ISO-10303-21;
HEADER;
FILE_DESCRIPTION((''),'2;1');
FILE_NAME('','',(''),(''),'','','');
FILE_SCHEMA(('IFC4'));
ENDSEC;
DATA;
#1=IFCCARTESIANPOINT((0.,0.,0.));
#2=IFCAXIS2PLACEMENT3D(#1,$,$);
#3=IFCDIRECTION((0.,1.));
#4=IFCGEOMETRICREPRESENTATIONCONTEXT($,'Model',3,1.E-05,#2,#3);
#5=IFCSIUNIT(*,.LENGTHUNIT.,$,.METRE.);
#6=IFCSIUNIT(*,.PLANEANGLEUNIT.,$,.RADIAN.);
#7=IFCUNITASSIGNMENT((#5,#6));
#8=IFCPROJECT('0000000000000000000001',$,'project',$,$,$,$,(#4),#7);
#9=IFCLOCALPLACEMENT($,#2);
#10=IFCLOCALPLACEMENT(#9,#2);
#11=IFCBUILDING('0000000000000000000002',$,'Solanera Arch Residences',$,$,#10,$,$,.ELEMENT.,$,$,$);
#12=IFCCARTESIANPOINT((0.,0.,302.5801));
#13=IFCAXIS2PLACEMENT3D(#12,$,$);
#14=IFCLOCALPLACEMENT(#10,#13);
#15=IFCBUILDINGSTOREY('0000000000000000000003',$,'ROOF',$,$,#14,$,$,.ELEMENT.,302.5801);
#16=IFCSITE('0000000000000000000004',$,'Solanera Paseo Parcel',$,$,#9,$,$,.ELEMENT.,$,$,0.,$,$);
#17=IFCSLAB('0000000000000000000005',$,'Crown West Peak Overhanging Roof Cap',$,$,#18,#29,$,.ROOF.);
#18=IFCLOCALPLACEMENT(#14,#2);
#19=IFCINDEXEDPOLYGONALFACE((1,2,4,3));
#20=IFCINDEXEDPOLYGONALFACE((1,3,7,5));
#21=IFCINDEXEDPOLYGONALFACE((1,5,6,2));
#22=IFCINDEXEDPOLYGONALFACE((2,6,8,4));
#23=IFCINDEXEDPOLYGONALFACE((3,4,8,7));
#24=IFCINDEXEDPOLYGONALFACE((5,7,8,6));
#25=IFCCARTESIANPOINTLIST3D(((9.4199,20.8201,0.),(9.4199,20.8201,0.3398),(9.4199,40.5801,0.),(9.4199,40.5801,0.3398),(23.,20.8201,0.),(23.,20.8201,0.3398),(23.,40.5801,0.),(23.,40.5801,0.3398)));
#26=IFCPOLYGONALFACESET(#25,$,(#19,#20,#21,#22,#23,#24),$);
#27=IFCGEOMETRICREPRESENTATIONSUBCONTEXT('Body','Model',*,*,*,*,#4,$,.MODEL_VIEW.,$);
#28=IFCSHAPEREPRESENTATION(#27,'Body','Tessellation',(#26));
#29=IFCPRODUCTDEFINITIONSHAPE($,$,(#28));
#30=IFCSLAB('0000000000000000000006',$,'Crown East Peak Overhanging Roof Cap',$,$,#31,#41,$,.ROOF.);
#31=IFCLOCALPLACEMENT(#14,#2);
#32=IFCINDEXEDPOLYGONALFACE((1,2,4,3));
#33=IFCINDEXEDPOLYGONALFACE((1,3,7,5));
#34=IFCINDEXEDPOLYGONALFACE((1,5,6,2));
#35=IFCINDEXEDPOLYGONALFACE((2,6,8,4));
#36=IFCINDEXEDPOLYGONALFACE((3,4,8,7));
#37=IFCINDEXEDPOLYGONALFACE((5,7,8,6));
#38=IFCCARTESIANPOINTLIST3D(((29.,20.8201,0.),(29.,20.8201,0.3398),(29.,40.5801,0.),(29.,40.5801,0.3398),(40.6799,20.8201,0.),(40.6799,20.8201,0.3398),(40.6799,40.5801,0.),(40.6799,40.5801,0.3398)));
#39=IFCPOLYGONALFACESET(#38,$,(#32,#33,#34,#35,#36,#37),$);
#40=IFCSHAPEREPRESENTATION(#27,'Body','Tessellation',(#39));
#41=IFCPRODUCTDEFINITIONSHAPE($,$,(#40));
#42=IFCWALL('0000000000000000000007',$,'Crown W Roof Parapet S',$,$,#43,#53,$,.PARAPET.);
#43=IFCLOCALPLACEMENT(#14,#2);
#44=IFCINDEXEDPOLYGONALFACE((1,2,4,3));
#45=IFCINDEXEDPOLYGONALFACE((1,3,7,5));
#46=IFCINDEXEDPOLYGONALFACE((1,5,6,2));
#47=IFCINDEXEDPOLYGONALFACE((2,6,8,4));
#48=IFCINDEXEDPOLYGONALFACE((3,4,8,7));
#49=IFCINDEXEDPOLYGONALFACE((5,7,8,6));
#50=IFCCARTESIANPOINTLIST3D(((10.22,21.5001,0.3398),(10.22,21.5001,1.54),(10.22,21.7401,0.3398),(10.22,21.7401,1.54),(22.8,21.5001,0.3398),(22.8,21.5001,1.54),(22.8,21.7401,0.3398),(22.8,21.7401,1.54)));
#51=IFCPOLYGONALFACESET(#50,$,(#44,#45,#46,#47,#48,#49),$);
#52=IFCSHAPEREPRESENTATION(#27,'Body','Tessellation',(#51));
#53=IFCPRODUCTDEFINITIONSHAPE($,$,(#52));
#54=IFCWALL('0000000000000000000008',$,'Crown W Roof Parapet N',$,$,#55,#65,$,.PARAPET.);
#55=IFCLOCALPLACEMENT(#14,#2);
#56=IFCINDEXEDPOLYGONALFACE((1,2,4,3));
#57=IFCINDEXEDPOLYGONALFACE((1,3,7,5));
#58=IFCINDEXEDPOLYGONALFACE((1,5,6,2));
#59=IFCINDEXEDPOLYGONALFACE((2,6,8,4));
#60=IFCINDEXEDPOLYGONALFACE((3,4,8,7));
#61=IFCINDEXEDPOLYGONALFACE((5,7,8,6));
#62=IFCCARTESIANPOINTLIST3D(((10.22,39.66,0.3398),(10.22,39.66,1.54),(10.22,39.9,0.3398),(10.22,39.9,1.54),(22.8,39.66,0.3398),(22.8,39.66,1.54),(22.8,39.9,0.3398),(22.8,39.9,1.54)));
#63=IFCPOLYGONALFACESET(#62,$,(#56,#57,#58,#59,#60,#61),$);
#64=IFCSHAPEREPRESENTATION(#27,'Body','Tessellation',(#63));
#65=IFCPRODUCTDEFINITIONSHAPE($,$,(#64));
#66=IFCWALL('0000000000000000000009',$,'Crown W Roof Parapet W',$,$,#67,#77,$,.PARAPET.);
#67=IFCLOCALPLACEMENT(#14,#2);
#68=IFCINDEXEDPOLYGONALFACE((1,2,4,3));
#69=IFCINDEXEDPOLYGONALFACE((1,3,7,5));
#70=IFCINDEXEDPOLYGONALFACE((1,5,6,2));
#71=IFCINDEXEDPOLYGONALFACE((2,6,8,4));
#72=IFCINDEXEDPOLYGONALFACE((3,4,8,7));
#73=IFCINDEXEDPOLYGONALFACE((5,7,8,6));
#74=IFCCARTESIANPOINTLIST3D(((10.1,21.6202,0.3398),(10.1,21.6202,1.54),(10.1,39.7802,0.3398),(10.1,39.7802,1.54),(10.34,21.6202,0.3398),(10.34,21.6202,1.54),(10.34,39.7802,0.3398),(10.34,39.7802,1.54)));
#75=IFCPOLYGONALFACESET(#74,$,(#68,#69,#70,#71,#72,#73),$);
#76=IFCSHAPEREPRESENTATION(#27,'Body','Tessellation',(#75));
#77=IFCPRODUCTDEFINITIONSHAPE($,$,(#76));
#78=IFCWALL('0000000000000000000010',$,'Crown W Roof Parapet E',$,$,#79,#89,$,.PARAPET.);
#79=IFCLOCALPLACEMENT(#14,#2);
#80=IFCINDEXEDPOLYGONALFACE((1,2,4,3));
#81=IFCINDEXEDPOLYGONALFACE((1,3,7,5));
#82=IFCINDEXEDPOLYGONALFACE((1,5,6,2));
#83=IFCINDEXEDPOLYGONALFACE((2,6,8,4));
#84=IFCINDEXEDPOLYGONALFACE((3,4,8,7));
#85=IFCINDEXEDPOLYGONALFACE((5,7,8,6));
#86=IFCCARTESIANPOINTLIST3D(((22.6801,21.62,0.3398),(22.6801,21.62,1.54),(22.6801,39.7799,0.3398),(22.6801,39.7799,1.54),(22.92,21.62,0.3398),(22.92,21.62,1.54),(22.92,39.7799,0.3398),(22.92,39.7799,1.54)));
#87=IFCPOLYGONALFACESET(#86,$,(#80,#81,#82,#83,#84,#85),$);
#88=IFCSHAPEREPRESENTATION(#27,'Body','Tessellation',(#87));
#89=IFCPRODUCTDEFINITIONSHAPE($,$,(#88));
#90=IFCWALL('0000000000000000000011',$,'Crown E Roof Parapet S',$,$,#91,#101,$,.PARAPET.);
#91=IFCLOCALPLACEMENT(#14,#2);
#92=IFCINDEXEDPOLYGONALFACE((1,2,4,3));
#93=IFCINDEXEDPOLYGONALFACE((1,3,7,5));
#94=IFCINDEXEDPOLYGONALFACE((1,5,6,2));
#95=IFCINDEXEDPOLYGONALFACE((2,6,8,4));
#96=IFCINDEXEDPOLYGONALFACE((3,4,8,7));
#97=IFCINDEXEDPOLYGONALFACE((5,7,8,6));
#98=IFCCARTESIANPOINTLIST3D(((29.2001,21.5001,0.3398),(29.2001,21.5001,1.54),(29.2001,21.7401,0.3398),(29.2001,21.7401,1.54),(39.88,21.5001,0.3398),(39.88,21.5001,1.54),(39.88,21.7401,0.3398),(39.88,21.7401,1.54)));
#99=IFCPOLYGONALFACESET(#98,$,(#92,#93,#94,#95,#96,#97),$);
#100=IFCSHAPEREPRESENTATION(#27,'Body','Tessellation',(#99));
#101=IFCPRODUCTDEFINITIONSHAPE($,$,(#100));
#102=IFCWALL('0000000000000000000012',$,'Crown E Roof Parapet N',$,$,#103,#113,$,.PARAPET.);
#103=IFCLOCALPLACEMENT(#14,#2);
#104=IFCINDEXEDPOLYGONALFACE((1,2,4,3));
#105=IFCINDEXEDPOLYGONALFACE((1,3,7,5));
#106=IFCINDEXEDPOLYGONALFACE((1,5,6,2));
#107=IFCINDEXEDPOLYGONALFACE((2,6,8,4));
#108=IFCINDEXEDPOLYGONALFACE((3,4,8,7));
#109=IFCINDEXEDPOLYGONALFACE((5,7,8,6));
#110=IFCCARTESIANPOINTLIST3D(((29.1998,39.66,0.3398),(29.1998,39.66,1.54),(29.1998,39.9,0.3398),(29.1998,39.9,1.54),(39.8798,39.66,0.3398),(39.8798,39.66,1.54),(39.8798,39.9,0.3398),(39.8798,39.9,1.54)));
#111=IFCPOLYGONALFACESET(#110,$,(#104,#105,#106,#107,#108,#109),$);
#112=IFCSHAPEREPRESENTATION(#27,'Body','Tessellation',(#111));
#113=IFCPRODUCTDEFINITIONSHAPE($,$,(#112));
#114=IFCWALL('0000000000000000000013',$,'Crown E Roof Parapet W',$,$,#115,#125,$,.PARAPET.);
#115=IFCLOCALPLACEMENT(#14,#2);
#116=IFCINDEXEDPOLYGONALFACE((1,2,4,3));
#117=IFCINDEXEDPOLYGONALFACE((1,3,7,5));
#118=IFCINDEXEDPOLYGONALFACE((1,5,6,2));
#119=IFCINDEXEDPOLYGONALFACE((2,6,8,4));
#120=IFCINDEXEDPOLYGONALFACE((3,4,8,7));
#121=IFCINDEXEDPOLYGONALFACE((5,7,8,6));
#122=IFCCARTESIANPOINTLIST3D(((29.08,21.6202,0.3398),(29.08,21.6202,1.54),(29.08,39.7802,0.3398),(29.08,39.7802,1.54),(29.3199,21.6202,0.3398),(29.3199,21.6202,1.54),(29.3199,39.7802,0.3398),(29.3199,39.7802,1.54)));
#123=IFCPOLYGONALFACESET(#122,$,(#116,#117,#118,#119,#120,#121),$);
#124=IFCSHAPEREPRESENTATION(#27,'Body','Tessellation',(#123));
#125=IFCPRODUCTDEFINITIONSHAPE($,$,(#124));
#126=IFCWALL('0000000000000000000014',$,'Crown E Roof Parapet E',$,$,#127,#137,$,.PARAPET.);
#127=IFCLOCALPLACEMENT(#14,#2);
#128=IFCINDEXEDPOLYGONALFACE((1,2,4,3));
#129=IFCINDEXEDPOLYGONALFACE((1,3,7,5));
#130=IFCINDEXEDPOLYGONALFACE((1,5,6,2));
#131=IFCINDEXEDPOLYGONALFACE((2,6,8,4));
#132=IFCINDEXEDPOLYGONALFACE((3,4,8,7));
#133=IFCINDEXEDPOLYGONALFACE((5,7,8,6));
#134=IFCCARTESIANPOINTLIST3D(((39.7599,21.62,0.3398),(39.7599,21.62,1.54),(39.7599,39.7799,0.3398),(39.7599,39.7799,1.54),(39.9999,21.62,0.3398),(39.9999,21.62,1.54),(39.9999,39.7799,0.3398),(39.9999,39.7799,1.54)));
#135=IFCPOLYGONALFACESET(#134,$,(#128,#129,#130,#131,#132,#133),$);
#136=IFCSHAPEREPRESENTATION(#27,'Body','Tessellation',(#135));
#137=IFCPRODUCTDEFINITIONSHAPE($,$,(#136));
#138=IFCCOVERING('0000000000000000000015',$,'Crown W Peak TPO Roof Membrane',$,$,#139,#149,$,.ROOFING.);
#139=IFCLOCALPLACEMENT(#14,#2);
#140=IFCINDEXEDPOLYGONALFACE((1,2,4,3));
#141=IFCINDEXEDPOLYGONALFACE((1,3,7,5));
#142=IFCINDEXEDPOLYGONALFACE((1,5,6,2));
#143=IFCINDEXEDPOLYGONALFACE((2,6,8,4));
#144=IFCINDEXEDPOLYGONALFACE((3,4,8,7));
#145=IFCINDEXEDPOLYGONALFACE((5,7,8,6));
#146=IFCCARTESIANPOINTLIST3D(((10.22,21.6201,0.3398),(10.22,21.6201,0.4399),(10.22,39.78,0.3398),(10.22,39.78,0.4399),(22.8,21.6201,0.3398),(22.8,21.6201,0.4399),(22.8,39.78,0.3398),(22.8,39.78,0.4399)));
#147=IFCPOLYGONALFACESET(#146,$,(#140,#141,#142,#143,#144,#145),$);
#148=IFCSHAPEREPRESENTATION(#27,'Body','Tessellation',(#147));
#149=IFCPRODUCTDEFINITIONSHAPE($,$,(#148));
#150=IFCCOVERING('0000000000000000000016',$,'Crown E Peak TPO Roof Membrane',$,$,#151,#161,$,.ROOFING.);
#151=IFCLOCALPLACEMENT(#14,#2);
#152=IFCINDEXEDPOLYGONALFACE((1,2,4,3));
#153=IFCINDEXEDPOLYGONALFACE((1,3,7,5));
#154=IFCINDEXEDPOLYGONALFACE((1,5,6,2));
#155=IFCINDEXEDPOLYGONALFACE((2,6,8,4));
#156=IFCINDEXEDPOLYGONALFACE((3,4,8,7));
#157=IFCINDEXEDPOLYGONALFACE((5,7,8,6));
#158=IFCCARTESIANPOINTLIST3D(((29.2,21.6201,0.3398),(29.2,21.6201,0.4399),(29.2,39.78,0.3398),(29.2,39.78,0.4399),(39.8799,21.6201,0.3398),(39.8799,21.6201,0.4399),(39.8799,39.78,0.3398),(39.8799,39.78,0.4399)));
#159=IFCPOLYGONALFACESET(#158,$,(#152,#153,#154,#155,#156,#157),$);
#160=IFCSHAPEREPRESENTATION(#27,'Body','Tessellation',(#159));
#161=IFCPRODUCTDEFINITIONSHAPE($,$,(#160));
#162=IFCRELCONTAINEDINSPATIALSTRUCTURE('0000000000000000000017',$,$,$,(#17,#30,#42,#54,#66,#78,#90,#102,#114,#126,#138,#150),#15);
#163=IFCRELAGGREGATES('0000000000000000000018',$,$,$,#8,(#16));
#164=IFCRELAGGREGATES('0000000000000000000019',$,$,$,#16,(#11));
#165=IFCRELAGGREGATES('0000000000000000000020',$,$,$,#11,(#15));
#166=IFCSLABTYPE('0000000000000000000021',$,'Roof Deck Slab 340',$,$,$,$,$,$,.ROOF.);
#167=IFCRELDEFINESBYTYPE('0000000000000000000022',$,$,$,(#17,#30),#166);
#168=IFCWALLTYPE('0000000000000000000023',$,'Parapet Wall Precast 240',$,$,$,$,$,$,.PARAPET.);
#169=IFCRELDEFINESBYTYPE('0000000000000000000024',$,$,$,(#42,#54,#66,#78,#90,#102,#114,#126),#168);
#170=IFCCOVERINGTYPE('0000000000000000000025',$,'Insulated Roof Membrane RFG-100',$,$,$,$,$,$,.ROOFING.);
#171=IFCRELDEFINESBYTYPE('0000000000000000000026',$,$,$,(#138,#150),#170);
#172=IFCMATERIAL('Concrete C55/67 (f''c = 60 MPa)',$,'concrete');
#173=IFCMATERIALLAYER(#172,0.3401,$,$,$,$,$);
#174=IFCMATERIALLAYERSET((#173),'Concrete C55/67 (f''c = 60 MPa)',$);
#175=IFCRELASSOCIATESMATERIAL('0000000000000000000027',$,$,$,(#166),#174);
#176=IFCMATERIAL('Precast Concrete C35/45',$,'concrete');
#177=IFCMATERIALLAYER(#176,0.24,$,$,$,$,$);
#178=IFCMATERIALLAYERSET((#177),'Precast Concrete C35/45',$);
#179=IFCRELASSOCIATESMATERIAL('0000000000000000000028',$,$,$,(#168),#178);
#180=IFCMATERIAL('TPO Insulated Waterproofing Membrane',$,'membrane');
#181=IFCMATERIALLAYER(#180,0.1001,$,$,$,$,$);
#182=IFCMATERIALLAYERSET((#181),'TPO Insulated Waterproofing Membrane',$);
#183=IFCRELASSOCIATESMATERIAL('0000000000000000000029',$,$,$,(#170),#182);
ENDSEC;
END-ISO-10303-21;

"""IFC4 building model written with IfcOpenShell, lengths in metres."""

from ifc_helpers import new_model, si_unit, direction, frame, frame_2d, origin, place, context, subcontext, project, spatial, polyline, rectangle, outline, extrude, material, layer, layer_set, type_object, element, save


model = new_model("IFC4")

# Units and contexts
model_context = context("Model", 3, precision=1e-05, world=origin(), true_north=direction((0.0, 1.0)))
body_context = subcontext(model_context, "Body", "Model", "MODEL_VIEW")
ifc_project = project(units=[si_unit("LENGTHUNIT", "METRE"), si_unit("PLANEANGLEUNIT", "RADIAN")], contexts=[model_context])

# Site, building, storey
site_placement = place(None, origin())
site = spatial("IfcSite", under=ifc_project, at=site_placement, Name="Solanera Paseo Parcel", CompositionType="ELEMENT", RefElevation=0.0)
building_placement = place(site_placement, origin())
building = spatial("IfcBuilding", under=site, at=building_placement, Name="Solanera Arch Residences", CompositionType="ELEMENT")
storey_placement = place(building_placement, frame((0.0, 0.0, 302.5801)))
storey = spatial("IfcBuildingStorey", under=building, at=storey_placement, Name="ROOF", CompositionType="ELEMENT", Elevation=302.5801)

# Slabs
ifc_material_1 = material(Name="Concrete C55/67 (f'c = 60 MPa)", Category="concrete")
ifc_layer_1 = layer(ifc_material_1, 0.3401)
ifc_layer_set_1 = layer_set([ifc_layer_1], Name="Concrete C55/67 (f'c = 60 MPa)")
slab_type = type_object("IfcSlabType", Name="Roof Deck Slab 340", PredefinedType="ROOF", material=ifc_layer_set_1)
slab_1_placement = place(storey_placement, origin())
element("IfcSlab", 1, at=slab_1_placement, inside=storey, type_object=slab_type, Name="Crown West Peak Overhanging Roof Cap", PredefinedType="ROOF", context=body_context, shape_type="SweptSolid", body=[
    extrude(outline(polyline([(9.4199, 20.8201), (23.0, 20.8201), (23.0, 40.5801), (9.4199, 40.5801), (9.4199, 20.8201)])), origin(), (0.0, 0.0, 1.0), 0.3398),
])
slab_2_placement = place(storey_placement, origin())
element("IfcSlab", 2, at=slab_2_placement, inside=storey, type_object=slab_type, Name="Crown East Peak Overhanging Roof Cap", PredefinedType="ROOF", context=body_context, shape_type="SweptSolid", body=[
    extrude(outline(polyline([(29.0, 20.8201), (40.6799, 20.8201), (40.6799, 40.5801), (29.0, 40.5801), (29.0, 20.8201)])), origin(), (0.0, 0.0, 1.0), 0.3398),
])

# Walls
ifc_material_2 = material(Name="Precast Concrete C35/45", Category="concrete")
ifc_layer_2 = layer(ifc_material_2, 0.24)
ifc_layer_set_2 = layer_set([ifc_layer_2], Name="Precast Concrete C35/45")
wall_type = type_object("IfcWallType", Name="Parapet Wall Precast 240", PredefinedType="PARAPET", material=ifc_layer_set_2)
for number, where, z_axis, x_axis, name in (
    (3, (22.8, 21.6201, 0.3398), (0.0, 0.0, 1.0), (-1.0, 0.0, 0.0), "Crown W Roof Parapet S"),
    (4, (10.22, 39.78, 0.3398), (0.0, 0.0, 1.0), (1.0, 0.0, 0.0), "Crown W Roof Parapet N"),
):
    element("IfcWall", number, at=place(storey_placement, frame(where, z_axis=z_axis, x_axis=x_axis)), inside=storey, type_object=wall_type, Name=name, PredefinedType="PARAPET", context=body_context, shape_type="SweptSolid", body=[
        extrude(rectangle(XDim=12.5801, YDim=0.24, at=frame_2d((6.29, 0.0))), origin(), (0.0, 0.0, 1.0), 1.2002),
    ])
for number, where, z_axis, x_axis, name in (
    (5, (10.22, 21.6201, 0.3398), (0.0, 0.0, 1.0), (0.0, 1.0, 0.0), "Crown W Roof Parapet W"),
    (6, (22.8, 39.78, 0.3398), (0.0, 0.0, 1.0), (0.0, -1.0, 0.0), "Crown W Roof Parapet E"),
):
    element("IfcWall", number, at=place(storey_placement, frame(where, z_axis=z_axis, x_axis=x_axis)), inside=storey, type_object=wall_type, Name=name, PredefinedType="PARAPET", context=body_context, shape_type="SweptSolid", body=[
        extrude(rectangle(XDim=18.1599, YDim=0.24, at=frame_2d((9.0801, 0.0))), origin(), (0.0, 0.0, 1.0), 1.2002),
    ])
for number, where, z_axis, x_axis, name in (
    (7, (39.8799, 21.6201, 0.3398), (0.0, 0.0, 1.0), (-1.0, 0.0, 0.0), "Crown E Roof Parapet S"),
    (8, (29.2, 39.78, 0.3398), (0.0, 0.0, 1.0), (1.0, 0.0, 0.0), "Crown E Roof Parapet N"),
):
    element("IfcWall", number, at=place(storey_placement, frame(where, z_axis=z_axis, x_axis=x_axis)), inside=storey, type_object=wall_type, Name=name, PredefinedType="PARAPET", context=body_context, shape_type="SweptSolid", body=[
        extrude(rectangle(XDim=10.6799, YDim=0.24, at=frame_2d((5.3398, 0.0))), origin(), (0.0, 0.0, 1.0), 1.2002),
    ])
for number, where, z_axis, x_axis, name in (
    (9, (29.2, 21.6201, 0.3398), (0.0, 0.0, 1.0), (0.0, 1.0, 0.0), "Crown E Roof Parapet W"),
    (10, (39.8799, 39.78, 0.3398), (0.0, 0.0, 1.0), (0.0, -1.0, 0.0), "Crown E Roof Parapet E"),
):
    element("IfcWall", number, at=place(storey_placement, frame(where, z_axis=z_axis, x_axis=x_axis)), inside=storey, type_object=wall_type, Name=name, PredefinedType="PARAPET", context=body_context, shape_type="SweptSolid", body=[
        extrude(rectangle(XDim=18.1599, YDim=0.24, at=frame_2d((9.0801, 0.0))), origin(), (0.0, 0.0, 1.0), 1.2002),
    ])

# Coverings
ifc_material_3 = material(Name="TPO Insulated Waterproofing Membrane", Category="membrane")
ifc_layer_3 = layer(ifc_material_3, 0.1001)
ifc_layer_set_3 = layer_set([ifc_layer_3], Name="TPO Insulated Waterproofing Membrane")
covering_type = type_object("IfcCoveringType", Name="Insulated Roof Membrane RFG-100", PredefinedType="ROOFING", material=ifc_layer_set_3)
covering_1_placement = place(storey_placement, frame((0.0, 0.0, 0.3398)))
element("IfcCovering", 11, at=covering_1_placement, inside=storey, type_object=covering_type, Name="Crown W Peak TPO Roof Membrane", PredefinedType="ROOFING", context=body_context, shape_type="SweptSolid", body=[
    extrude(outline(polyline([(10.22, 21.6201), (22.8, 21.6201), (22.8, 39.78), (10.22, 39.78), (10.22, 21.6201)])), origin(), (0.0, 0.0, 1.0), 0.1001),
])
covering_2_placement = place(storey_placement, frame((0.0, 0.0, 0.3398)))
element("IfcCovering", 12, at=covering_2_placement, inside=storey, type_object=covering_type, Name="Crown E Peak TPO Roof Membrane", PredefinedType="ROOFING", context=body_context, shape_type="SweptSolid", body=[
    extrude(outline(polyline([(29.2, 21.6201), (39.8799, 21.6201), (39.8799, 39.78), (29.2, 39.78), (29.2, 21.6201)])), origin(), (0.0, 0.0, 1.0), 0.1001),
])

save(model, "model.ifc")
